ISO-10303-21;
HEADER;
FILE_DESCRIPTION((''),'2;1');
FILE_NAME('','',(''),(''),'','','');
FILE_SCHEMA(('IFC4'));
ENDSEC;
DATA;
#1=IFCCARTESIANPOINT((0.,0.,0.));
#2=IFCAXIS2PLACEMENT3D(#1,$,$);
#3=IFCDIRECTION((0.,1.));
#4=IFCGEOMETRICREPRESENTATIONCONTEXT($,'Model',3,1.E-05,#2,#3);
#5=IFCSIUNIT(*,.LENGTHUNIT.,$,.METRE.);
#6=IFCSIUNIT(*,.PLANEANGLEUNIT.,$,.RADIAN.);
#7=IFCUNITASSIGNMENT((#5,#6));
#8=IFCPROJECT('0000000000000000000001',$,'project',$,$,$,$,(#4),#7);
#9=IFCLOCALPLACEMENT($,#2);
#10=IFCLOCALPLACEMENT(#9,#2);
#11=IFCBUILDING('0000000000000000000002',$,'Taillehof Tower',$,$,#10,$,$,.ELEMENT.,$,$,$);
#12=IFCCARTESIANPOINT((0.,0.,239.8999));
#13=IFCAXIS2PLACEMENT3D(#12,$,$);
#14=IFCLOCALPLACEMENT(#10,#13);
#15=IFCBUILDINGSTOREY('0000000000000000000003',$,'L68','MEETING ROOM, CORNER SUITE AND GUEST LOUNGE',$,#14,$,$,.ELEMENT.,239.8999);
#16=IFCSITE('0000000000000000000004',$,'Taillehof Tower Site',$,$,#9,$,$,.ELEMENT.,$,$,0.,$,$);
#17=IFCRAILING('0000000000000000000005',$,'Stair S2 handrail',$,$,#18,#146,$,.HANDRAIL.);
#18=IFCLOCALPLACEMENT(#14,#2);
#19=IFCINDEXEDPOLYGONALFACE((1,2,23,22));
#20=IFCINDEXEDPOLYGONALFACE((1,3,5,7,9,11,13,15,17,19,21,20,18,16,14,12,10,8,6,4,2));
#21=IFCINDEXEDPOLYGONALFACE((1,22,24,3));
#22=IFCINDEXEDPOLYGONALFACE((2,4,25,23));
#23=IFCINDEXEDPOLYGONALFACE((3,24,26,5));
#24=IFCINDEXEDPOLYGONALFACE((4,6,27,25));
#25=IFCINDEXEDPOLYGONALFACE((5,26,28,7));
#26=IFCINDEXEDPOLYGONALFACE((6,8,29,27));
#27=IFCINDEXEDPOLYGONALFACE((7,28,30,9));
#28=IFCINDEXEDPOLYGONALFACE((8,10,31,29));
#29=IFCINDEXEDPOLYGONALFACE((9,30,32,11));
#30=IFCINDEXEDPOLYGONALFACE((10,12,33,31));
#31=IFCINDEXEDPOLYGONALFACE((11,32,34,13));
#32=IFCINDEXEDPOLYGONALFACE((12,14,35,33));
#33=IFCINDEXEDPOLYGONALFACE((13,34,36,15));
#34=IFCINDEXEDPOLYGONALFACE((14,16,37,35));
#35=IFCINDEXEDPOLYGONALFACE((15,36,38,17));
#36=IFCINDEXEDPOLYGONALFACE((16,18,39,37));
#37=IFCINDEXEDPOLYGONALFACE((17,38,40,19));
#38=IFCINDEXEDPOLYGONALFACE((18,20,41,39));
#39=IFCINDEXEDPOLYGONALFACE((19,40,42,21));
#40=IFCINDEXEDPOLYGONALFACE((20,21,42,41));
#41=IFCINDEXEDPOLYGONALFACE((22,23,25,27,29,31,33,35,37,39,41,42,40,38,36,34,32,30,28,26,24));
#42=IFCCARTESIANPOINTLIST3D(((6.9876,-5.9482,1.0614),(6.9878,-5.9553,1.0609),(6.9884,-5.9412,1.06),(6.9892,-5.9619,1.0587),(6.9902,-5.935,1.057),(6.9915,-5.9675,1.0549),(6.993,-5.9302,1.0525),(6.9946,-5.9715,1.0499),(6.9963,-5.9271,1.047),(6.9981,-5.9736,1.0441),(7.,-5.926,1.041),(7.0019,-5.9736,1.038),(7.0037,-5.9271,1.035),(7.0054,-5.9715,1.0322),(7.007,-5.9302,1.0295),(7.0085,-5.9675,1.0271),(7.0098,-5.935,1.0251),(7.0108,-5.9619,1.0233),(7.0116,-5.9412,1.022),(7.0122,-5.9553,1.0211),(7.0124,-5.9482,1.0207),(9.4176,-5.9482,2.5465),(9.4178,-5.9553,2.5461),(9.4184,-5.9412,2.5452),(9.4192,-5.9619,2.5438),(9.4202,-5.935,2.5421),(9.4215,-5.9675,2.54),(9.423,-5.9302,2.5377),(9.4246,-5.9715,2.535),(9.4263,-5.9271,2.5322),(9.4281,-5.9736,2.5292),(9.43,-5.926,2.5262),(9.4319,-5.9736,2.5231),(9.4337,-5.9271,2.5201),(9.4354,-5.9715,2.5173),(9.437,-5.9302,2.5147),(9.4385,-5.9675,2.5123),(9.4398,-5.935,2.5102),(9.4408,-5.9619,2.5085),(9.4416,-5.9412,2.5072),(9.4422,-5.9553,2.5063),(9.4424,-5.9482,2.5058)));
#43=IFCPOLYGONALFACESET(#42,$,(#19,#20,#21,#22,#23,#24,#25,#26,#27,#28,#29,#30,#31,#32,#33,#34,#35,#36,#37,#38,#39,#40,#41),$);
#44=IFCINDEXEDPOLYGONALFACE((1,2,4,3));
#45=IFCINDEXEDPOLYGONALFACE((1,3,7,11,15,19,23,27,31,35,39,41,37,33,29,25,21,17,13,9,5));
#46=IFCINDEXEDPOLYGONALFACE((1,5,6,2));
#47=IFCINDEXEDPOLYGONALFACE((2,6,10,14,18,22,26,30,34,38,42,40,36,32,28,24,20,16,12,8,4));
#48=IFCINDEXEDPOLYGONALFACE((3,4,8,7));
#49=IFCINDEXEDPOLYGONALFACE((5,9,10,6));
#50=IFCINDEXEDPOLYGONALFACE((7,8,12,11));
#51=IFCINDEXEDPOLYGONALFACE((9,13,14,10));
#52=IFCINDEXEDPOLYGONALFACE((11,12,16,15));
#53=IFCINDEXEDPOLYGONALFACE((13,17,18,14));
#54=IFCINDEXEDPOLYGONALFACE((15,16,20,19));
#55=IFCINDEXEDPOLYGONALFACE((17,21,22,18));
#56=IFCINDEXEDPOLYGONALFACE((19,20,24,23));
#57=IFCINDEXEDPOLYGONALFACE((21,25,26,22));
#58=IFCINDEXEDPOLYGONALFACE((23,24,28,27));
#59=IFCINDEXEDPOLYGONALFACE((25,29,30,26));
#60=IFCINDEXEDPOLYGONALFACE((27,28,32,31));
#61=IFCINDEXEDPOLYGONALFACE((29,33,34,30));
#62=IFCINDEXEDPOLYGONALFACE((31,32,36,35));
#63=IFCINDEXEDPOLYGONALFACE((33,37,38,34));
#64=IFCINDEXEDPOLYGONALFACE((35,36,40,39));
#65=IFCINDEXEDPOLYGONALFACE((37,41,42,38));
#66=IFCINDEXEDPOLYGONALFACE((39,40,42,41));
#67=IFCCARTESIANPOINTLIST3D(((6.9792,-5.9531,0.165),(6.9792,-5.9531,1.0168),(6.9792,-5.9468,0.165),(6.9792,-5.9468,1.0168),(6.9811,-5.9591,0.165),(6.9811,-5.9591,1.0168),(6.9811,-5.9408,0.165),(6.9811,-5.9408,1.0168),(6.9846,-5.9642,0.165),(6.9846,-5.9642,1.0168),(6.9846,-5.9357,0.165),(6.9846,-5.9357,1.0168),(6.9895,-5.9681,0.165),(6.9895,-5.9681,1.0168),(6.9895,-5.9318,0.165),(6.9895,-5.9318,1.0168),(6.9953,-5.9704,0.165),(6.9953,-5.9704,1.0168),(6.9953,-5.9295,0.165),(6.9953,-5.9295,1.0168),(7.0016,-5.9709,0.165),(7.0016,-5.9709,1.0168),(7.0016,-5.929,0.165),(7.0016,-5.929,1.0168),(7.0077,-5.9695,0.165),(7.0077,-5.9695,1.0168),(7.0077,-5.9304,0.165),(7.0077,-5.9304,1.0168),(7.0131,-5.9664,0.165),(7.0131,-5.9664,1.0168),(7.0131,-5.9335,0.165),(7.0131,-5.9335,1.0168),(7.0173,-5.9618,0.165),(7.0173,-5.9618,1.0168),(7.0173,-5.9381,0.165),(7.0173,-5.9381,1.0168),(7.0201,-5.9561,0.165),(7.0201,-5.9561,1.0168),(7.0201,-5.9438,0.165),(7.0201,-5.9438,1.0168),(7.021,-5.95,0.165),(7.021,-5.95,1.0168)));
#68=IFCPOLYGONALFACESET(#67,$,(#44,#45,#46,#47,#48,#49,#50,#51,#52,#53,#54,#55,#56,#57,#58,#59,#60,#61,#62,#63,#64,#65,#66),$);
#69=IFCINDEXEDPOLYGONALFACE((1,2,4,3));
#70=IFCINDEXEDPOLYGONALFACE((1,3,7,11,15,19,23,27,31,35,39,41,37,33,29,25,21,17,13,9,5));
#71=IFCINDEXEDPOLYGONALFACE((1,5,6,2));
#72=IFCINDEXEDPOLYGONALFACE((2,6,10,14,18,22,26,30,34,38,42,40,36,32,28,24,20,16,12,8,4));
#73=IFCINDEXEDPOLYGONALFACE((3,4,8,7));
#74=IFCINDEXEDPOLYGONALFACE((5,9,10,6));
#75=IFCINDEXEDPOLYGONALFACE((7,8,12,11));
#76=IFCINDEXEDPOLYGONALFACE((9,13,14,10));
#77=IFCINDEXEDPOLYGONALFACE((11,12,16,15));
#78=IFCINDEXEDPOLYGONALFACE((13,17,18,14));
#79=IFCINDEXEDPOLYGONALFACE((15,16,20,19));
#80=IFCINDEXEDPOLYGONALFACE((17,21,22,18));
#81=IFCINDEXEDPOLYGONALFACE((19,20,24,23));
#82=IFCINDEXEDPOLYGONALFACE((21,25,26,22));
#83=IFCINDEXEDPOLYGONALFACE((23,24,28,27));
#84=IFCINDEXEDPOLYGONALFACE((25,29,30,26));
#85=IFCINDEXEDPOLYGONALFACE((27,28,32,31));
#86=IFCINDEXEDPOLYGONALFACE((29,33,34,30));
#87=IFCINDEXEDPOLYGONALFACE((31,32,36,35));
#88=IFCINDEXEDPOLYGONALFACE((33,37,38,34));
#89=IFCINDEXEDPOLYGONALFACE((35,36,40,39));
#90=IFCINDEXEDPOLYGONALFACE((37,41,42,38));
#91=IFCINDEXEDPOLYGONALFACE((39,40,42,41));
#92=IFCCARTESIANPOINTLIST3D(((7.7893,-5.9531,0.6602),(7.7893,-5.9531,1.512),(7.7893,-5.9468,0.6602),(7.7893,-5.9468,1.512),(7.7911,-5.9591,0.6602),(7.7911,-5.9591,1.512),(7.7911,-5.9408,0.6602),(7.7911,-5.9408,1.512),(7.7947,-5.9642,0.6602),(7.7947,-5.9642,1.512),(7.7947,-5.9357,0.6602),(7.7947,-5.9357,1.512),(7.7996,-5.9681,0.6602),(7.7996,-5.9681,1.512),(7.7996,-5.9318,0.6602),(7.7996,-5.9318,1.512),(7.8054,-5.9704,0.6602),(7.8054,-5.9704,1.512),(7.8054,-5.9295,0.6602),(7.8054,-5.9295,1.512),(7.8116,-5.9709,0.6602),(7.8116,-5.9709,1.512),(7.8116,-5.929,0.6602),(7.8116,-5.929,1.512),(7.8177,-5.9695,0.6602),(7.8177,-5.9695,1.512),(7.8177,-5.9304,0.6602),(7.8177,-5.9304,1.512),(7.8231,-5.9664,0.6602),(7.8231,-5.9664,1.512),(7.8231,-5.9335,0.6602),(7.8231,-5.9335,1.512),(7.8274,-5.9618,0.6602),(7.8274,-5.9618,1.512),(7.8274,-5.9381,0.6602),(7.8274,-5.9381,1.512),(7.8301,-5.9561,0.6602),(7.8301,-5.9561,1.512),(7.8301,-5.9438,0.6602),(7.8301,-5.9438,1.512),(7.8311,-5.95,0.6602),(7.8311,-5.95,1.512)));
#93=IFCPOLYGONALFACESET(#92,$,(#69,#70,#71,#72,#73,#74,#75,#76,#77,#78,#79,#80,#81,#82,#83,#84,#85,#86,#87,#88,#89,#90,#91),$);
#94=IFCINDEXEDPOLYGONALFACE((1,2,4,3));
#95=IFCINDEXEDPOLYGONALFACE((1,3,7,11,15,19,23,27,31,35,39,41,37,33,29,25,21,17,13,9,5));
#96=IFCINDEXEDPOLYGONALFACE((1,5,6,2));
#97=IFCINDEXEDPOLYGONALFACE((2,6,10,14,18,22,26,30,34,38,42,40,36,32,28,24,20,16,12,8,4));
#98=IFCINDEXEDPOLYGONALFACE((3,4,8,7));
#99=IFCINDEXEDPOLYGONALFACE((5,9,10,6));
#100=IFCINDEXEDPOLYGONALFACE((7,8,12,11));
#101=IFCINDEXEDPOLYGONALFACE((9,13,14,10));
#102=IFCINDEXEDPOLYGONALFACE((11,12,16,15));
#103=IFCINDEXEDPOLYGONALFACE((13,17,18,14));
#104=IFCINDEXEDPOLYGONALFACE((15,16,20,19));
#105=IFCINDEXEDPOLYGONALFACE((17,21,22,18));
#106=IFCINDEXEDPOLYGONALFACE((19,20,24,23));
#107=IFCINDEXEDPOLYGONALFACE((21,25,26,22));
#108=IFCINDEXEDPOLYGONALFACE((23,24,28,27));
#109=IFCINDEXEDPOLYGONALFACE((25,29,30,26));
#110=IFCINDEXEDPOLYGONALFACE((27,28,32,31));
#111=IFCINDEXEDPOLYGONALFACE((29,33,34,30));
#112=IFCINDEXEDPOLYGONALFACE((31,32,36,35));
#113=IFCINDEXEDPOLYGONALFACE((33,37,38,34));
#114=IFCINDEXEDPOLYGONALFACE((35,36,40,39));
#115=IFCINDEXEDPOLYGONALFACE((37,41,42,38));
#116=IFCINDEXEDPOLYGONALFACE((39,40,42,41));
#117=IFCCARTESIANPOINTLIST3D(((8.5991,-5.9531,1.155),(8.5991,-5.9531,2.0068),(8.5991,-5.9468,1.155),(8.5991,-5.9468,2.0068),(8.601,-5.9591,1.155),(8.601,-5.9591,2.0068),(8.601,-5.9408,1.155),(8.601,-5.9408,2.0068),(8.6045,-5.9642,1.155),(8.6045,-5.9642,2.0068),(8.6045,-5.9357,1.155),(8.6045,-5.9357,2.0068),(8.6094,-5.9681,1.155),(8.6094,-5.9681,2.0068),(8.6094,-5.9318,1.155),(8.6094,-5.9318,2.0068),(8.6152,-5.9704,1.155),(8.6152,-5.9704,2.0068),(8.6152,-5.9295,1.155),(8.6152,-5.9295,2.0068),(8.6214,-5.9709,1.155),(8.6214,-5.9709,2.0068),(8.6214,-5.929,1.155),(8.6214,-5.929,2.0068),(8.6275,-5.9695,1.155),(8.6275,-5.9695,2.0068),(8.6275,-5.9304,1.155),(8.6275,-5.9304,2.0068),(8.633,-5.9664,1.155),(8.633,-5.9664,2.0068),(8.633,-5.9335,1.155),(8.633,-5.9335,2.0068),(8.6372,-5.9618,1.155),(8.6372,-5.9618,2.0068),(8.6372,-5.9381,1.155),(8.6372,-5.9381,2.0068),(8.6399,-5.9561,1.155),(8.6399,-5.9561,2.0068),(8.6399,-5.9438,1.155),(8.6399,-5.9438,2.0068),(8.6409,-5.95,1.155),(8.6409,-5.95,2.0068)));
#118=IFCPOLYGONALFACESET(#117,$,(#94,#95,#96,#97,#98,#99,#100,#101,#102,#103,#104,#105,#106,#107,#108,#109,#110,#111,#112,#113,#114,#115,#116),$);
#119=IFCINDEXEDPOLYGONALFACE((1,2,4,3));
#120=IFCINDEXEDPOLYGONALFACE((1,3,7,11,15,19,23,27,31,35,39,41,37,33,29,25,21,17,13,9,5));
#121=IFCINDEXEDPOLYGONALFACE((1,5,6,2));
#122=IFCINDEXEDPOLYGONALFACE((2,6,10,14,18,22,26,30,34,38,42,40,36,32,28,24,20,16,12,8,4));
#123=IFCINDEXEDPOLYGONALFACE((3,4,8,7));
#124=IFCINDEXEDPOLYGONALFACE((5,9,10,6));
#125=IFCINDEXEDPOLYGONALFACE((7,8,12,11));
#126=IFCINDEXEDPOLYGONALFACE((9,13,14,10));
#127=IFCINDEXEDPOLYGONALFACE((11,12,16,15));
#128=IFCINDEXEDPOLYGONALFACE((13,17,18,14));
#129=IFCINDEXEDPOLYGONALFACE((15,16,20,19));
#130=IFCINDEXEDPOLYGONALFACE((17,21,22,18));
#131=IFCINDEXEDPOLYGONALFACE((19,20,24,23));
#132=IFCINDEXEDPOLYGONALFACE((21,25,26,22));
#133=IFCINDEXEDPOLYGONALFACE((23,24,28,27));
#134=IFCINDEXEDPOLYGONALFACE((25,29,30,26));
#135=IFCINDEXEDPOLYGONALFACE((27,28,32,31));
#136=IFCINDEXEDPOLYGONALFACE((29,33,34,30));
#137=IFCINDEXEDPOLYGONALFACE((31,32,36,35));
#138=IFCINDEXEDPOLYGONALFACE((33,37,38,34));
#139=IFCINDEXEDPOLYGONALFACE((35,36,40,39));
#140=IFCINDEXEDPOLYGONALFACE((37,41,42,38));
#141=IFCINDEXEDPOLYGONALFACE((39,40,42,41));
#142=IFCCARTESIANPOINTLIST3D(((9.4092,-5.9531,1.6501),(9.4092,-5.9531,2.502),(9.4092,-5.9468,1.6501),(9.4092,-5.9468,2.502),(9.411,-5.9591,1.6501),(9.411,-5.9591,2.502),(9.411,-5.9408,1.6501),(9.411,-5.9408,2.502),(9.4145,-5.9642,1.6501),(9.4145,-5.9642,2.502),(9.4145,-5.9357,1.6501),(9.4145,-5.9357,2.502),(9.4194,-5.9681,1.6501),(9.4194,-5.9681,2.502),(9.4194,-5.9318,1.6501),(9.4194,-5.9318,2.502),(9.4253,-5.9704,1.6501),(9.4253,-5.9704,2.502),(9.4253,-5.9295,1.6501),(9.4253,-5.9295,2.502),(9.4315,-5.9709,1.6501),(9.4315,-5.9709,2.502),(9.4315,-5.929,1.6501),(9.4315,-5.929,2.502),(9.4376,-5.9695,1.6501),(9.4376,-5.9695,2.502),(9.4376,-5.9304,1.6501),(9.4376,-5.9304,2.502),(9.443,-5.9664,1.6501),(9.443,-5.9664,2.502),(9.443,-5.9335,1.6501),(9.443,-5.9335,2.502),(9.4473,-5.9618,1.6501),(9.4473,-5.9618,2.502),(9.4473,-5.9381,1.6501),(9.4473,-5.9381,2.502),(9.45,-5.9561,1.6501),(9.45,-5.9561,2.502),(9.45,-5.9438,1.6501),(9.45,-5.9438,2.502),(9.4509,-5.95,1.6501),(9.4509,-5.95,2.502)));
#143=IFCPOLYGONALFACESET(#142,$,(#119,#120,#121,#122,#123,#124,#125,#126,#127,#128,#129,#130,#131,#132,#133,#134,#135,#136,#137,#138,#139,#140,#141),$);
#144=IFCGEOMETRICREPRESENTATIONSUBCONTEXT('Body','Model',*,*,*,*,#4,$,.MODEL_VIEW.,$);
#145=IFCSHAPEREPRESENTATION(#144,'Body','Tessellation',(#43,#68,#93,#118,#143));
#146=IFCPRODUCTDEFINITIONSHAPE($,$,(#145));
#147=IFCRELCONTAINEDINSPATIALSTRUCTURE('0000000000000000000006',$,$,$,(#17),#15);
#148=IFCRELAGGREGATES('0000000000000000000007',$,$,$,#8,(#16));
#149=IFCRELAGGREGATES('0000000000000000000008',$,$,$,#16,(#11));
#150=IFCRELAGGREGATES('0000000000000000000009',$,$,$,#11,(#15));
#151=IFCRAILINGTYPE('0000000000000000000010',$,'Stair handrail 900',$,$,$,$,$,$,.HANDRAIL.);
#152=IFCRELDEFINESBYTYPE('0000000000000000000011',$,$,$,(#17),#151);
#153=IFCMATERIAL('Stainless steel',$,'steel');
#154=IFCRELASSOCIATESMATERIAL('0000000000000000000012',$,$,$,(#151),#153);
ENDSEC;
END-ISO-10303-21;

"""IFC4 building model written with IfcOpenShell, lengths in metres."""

from ifc_helpers import new_model, si_unit, direction, frame, origin, origin_2d, place, context, subcontext, project, spatial, circle, extrude, material, type_object, element, save


model = new_model("IFC4")

# Units and contexts
model_context = context("Model", 3, precision=1e-05, world=origin(), true_north=direction((0.0, 1.0)))
body_context = subcontext(model_context, "Body", "Model", "MODEL_VIEW")
ifc_project = project(units=[si_unit("LENGTHUNIT", "METRE"), si_unit("PLANEANGLEUNIT", "RADIAN")], contexts=[model_context])

# Site, building, storey
site_placement = place(None, origin())
site = spatial("IfcSite", under=ifc_project, at=site_placement, Name="Taillehof Tower Site", CompositionType="ELEMENT", RefElevation=0.0)
building_placement = place(site_placement, origin())
building = spatial("IfcBuilding", under=site, at=building_placement, Name="Taillehof Tower", CompositionType="ELEMENT")
storey_placement = place(building_placement, frame((0.0, 0.0, 239.8999)))
storey = spatial("IfcBuildingStorey", under=building, at=storey_placement, Name="L68", Description="MEETING ROOM, CORNER SUITE AND GUEST LOUNGE", CompositionType="ELEMENT", Elevation=239.8999)

# Railing
ifc_material_1 = material(Name="Stainless steel", Category="steel")
railing_type = type_object("IfcRailingType", Name="Stair handrail 900", PredefinedType="HANDRAIL", material=ifc_material_1)
railing_placement = place(storey_placement, frame((7.0, -5.95, 0.165)))
element("IfcRailing", 1, at=railing_placement, inside=storey, type_object=railing_type, Name="Stair S2 handrail", PredefinedType="HANDRAIL", context=body_context, shape_type="SweptSolid", body=[
    extrude(circle(Radius=0.0239, at=origin_2d()), frame((0.0, 0.0, 0.876), z_axis=(0.853259, 0.0, 0.521488), x_axis=(0.0, 1.0, 0.0)), (0.0, 0.0, 1.0), 2.8479),
    extrude(circle(Radius=0.021, at=origin_2d()), origin(), (0.0, 0.0, 1.0), 0.8518),
    extrude(circle(Radius=0.021, at=origin_2d()), frame((0.8101, 0.0, 0.4951)), (0.0, 0.0, 1.0), 0.8518),
    extrude(circle(Radius=0.021, at=origin_2d()), frame((1.6199, 0.0, 0.99)), (0.0, 0.0, 1.0), 0.8518),
    extrude(circle(Radius=0.021, at=origin_2d()), frame((2.4299, 0.0, 1.4851)), (0.0, 0.0, 1.0), 0.8518),
])

save(model, "model.ifc")
